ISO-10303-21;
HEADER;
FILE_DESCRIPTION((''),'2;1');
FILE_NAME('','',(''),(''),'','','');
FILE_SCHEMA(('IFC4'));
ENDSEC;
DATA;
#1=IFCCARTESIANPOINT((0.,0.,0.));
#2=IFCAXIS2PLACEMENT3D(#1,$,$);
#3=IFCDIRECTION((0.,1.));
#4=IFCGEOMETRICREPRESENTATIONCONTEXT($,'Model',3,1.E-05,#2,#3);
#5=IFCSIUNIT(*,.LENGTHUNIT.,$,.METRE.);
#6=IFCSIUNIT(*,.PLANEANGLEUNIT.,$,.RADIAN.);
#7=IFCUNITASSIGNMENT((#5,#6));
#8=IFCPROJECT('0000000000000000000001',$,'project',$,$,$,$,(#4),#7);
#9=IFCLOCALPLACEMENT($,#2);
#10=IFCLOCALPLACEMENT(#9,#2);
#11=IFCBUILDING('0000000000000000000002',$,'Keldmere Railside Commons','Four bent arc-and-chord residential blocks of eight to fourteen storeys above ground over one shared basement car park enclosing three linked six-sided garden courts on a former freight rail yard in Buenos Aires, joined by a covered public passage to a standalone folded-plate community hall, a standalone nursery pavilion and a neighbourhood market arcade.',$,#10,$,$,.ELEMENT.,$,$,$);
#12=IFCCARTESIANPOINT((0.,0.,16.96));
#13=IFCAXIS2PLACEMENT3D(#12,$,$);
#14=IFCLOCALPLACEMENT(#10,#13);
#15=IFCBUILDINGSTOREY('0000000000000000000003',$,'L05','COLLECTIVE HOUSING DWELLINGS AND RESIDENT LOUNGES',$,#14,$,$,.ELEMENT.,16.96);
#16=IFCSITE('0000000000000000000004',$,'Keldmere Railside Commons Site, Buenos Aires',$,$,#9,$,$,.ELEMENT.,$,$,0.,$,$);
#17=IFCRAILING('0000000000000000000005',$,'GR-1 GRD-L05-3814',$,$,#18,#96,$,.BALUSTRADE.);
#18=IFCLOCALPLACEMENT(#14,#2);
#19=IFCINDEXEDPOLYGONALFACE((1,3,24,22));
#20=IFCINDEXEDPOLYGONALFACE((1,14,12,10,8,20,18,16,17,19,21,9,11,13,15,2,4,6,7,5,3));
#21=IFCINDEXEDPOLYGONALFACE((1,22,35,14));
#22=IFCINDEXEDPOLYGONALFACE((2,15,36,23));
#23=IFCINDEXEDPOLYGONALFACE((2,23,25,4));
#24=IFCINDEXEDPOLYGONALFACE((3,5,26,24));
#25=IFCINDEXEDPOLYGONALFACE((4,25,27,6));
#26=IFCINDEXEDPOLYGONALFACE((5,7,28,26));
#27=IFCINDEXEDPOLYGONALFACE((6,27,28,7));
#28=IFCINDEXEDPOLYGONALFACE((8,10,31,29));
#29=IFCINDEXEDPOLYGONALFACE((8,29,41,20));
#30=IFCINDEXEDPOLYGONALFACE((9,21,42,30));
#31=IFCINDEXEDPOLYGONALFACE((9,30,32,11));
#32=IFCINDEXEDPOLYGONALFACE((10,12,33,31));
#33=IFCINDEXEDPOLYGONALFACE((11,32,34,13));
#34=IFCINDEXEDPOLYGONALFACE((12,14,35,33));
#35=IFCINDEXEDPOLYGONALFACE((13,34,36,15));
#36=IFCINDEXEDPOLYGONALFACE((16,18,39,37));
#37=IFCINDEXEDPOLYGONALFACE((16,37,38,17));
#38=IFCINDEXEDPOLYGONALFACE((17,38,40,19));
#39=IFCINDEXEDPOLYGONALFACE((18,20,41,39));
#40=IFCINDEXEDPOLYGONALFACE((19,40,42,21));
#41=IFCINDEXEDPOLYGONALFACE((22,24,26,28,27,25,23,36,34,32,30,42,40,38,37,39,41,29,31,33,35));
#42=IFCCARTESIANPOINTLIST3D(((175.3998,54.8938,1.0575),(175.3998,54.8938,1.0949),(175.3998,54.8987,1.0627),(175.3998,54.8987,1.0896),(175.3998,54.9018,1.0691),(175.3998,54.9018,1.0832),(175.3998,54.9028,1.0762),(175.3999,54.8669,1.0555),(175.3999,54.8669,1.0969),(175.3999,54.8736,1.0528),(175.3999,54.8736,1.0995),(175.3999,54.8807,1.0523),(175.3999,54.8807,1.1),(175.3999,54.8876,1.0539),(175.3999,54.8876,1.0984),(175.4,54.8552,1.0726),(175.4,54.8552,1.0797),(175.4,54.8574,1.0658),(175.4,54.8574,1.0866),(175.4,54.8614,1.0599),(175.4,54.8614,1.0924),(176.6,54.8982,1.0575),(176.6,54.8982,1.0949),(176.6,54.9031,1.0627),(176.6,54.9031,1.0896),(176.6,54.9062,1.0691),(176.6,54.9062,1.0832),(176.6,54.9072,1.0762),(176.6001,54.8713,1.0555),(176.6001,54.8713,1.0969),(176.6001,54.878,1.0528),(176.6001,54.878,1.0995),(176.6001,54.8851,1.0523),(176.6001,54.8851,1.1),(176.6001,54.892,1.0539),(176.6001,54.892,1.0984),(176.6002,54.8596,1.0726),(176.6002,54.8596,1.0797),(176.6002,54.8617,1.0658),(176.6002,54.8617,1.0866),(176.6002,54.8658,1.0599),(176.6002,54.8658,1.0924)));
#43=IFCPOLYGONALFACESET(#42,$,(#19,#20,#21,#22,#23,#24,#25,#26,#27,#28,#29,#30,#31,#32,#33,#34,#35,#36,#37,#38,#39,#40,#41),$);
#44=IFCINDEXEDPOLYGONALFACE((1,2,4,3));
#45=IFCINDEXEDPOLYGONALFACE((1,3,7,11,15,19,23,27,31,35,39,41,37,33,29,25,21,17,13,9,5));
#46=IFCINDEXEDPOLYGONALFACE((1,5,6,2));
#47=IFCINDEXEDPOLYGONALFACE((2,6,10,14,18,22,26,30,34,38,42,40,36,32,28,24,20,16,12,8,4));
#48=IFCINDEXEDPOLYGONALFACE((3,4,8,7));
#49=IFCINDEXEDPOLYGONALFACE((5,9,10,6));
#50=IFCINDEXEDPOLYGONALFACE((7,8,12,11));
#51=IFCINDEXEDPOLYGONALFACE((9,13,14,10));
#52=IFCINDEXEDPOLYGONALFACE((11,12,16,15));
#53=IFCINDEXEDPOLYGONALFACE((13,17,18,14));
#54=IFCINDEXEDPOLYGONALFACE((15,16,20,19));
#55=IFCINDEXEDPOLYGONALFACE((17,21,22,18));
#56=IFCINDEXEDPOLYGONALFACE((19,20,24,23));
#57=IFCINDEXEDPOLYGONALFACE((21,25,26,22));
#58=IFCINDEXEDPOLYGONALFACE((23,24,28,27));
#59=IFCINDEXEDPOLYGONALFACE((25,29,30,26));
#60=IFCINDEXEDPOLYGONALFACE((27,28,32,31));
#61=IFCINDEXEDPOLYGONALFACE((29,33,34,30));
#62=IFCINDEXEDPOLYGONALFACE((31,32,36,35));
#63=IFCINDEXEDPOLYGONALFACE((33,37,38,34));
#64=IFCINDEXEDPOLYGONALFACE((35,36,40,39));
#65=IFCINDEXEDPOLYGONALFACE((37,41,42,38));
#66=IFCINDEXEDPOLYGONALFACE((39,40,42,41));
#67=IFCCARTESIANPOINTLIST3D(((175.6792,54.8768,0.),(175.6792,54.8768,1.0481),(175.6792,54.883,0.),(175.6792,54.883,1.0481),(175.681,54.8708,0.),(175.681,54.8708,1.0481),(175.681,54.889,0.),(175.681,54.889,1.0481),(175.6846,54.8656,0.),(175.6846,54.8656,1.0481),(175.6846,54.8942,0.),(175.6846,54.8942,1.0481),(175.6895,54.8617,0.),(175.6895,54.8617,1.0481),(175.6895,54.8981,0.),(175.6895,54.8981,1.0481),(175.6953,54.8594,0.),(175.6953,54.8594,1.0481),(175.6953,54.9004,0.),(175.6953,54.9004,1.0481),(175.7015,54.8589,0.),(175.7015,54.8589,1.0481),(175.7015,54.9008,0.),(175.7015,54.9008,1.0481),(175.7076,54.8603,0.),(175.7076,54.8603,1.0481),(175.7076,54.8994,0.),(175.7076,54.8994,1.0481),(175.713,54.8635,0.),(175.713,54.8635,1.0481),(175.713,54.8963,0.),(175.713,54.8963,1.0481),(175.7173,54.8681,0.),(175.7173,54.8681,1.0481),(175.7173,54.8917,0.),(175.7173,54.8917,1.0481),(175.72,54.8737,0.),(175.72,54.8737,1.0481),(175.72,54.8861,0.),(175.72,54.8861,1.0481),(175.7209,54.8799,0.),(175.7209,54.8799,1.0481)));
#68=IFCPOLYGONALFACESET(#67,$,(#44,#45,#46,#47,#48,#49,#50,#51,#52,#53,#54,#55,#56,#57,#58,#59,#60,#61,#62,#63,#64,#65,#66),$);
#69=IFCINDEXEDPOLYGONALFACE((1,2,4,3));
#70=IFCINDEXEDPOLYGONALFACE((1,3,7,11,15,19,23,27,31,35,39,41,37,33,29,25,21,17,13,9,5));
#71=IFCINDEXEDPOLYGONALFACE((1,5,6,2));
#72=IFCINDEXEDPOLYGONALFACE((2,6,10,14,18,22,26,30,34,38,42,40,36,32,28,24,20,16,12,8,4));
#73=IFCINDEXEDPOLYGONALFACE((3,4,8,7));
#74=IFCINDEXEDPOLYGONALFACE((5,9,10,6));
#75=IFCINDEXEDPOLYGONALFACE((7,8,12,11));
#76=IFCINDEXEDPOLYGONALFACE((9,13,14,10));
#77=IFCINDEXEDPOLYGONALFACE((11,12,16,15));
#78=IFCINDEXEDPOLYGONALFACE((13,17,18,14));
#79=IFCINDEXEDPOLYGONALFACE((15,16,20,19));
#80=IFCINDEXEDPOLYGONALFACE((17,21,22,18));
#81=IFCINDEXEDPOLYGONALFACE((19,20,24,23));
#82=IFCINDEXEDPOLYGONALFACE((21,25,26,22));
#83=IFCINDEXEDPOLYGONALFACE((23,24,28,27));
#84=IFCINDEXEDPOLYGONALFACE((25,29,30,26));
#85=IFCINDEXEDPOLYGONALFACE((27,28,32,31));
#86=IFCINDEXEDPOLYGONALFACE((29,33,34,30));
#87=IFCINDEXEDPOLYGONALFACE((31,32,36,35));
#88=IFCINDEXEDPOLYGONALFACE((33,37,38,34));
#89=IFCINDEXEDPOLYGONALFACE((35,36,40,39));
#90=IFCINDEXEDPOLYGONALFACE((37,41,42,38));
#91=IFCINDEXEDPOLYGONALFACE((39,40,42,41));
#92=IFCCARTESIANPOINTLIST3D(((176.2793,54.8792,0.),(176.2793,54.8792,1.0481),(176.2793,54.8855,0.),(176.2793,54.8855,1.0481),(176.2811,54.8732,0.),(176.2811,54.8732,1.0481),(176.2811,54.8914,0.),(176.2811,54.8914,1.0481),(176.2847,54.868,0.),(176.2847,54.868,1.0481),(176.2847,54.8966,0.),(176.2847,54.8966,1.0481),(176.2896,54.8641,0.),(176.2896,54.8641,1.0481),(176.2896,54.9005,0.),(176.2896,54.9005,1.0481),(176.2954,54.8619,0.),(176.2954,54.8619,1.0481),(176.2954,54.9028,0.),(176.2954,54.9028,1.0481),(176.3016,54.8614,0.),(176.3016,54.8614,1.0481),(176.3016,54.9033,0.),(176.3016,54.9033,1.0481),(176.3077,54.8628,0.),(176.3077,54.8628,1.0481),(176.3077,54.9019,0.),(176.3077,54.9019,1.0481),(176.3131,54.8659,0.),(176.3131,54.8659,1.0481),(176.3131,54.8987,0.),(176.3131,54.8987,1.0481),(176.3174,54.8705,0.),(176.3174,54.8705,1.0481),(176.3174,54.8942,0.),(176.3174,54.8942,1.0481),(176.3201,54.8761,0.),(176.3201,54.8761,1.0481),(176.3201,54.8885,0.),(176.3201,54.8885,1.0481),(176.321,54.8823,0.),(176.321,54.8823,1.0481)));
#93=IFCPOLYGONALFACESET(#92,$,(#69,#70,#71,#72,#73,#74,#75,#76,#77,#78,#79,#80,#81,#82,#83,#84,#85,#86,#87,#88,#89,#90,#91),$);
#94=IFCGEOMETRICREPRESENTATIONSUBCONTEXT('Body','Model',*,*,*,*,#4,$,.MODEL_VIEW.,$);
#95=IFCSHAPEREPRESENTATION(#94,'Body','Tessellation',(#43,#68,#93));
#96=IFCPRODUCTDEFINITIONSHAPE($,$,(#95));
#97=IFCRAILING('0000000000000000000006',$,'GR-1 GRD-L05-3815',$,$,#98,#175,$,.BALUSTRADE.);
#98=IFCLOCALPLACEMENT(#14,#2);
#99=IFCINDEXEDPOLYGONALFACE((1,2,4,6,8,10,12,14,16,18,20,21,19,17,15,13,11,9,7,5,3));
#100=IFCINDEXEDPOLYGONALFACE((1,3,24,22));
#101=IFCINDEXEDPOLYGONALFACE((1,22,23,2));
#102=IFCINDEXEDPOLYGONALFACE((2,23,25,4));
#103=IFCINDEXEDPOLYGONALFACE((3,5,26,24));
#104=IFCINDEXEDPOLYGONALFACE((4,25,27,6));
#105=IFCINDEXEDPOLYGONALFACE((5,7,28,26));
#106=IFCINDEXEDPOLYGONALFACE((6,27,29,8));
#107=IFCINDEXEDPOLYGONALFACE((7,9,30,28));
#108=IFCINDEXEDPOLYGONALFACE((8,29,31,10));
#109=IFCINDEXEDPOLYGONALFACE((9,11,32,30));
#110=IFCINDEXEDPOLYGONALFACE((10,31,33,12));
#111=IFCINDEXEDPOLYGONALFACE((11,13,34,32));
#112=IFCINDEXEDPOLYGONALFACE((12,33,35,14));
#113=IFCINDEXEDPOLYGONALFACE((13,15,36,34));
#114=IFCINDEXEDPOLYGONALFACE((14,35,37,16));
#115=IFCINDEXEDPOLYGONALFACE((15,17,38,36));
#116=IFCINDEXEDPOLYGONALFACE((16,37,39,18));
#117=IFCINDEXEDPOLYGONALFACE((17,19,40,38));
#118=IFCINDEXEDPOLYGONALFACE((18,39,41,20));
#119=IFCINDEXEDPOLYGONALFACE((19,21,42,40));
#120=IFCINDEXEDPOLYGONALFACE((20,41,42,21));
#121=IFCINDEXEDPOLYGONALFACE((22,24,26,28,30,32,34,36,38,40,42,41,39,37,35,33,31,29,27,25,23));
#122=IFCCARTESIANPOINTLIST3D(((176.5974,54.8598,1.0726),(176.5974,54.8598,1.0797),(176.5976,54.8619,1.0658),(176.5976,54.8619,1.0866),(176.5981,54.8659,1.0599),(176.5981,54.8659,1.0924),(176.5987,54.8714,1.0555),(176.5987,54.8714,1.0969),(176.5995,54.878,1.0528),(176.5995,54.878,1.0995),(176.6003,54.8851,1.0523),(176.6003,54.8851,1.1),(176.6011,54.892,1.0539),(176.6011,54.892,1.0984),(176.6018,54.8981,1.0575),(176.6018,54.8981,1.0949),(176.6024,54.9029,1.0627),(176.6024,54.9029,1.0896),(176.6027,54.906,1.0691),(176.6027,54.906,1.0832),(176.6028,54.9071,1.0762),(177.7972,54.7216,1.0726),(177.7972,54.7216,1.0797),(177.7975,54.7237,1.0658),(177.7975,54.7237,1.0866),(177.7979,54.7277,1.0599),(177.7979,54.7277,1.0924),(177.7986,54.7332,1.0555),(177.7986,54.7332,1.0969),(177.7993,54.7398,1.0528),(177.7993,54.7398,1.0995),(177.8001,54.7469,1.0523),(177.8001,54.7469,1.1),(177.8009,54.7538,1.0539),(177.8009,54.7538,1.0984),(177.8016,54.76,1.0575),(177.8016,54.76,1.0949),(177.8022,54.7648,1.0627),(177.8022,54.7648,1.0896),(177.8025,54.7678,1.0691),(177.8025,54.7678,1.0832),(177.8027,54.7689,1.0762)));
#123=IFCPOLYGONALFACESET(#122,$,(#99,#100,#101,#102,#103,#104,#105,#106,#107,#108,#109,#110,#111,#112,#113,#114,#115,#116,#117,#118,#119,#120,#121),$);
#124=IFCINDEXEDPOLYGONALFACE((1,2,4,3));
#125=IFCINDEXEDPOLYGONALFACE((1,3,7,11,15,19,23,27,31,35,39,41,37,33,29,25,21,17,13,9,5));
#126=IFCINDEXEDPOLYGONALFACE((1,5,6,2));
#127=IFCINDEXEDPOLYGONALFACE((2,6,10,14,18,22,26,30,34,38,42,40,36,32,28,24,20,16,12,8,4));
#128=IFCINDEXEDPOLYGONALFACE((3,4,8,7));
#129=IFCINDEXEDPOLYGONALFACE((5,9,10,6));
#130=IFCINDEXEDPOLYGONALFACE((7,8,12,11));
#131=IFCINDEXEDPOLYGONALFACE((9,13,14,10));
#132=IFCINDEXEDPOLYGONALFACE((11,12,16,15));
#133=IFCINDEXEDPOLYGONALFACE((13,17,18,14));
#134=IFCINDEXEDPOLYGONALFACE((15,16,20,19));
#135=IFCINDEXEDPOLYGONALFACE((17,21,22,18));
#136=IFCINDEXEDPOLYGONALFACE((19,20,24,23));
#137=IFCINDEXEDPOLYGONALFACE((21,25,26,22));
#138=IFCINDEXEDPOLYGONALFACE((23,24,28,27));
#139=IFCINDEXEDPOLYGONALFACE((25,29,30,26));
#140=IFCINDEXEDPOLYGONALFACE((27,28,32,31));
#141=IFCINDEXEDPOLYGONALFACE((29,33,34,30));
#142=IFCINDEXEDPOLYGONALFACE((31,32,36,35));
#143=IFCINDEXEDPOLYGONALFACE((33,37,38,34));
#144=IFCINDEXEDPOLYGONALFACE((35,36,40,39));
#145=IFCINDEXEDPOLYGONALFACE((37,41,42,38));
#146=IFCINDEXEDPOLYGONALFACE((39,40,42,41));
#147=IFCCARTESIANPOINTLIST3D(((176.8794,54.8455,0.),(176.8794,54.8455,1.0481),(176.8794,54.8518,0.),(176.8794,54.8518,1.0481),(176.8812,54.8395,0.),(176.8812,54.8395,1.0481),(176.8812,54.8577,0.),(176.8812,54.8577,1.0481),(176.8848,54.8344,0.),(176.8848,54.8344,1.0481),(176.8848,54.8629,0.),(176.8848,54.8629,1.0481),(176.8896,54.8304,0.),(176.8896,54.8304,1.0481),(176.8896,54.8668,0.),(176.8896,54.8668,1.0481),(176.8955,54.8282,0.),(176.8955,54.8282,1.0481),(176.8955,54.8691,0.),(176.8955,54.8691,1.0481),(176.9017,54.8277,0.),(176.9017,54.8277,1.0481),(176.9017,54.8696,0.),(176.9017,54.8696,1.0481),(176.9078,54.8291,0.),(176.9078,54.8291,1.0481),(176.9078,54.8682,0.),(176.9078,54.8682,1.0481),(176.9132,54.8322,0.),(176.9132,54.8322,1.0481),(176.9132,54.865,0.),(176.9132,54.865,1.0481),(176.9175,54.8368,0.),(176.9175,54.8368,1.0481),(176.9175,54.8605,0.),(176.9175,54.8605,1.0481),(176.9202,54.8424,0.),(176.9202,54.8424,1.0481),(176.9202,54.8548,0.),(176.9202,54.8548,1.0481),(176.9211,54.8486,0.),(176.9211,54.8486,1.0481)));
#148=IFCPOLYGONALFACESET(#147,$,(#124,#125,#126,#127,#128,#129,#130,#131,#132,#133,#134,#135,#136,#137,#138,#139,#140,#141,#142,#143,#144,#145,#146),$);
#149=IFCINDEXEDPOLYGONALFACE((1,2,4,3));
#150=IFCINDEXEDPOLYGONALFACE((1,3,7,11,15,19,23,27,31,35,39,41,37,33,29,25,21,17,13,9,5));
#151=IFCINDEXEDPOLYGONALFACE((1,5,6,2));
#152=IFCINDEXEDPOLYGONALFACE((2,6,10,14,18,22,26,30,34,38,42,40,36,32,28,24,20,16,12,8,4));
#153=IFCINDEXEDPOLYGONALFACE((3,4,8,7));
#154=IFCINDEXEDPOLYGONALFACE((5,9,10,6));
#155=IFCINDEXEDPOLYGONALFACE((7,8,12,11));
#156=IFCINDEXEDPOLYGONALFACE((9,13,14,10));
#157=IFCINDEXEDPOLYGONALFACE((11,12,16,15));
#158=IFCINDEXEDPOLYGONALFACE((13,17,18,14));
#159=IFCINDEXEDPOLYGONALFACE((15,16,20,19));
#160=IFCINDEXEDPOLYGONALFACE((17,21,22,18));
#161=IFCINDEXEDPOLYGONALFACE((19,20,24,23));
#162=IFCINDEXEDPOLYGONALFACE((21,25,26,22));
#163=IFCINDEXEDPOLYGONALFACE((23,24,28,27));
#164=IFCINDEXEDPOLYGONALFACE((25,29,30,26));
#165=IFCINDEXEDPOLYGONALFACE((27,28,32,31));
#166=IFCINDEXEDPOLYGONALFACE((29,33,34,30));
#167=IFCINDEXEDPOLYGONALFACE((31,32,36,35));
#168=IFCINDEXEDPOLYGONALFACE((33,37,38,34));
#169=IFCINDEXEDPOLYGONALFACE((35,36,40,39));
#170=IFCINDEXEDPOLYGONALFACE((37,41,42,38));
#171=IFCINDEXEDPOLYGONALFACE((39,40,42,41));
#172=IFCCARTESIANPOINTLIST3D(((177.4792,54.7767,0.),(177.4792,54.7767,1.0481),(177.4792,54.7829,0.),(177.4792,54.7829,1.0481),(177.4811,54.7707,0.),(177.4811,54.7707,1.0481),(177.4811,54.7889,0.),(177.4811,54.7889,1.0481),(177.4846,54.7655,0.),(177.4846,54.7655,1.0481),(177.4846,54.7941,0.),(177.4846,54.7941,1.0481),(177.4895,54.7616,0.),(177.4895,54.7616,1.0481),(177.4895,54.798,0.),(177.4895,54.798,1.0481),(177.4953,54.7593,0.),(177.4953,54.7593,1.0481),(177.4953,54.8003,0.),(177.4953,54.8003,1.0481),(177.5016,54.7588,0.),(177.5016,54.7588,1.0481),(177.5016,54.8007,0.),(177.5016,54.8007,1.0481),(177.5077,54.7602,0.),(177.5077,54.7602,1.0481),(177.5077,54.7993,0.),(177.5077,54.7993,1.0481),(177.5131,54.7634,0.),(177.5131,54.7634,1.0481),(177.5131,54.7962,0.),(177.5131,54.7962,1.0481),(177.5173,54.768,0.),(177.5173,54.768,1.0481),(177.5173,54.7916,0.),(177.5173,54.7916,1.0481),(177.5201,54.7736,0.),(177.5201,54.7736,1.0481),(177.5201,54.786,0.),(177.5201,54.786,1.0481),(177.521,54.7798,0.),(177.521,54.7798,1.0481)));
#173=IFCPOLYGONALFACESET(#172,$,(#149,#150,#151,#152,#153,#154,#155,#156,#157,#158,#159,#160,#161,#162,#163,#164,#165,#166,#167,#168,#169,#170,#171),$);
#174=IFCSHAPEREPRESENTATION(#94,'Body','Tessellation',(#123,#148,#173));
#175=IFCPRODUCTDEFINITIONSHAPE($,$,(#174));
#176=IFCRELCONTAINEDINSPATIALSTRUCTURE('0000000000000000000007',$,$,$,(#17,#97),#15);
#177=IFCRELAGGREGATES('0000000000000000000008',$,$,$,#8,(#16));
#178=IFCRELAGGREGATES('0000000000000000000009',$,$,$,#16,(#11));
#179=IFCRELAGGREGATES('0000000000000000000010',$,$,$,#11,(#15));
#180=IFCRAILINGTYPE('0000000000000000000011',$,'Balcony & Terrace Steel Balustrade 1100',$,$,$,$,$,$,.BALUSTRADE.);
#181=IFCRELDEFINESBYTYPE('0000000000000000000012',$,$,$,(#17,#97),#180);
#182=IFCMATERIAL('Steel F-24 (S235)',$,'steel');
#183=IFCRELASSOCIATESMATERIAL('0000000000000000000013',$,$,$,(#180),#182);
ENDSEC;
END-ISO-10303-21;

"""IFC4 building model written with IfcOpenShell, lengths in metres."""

from ifc_helpers import new_model, si_unit, direction, frame, origin, origin_2d, place, context, subcontext, project, spatial, circle, extrude, material, type_object, element, save


model = new_model("IFC4")

# Units and contexts
model_context = context("Model", 3, precision=1e-05, world=origin(), true_north=direction((0.0, 1.0)))
body_context = subcontext(model_context, "Body", "Model", "MODEL_VIEW")
ifc_project = project(units=[si_unit("LENGTHUNIT", "METRE"), si_unit("PLANEANGLEUNIT", "RADIAN")], contexts=[model_context])

# Site, building, storey
site_placement = place(None, origin())
site = spatial("IfcSite", under=ifc_project, at=site_placement, Name="Keldmere Railside Commons Site, Buenos Aires", CompositionType="ELEMENT", RefElevation=0.0)
building_placement = place(site_placement, origin())
building = spatial("IfcBuilding", under=site, at=building_placement, Name="Keldmere Railside Commons", Description="Four bent arc-and-chord residential blocks of eight to fourteen storeys above ground over one shared basement car park enclosing three linked six-sided garden courts on a former freight rail yard in Buenos Aires, joined by a covered public passage to a standalone folded-plate community hall, a standalone nursery pavilion and a neighbourhood market arcade.", CompositionType="ELEMENT")
storey_placement = place(building_placement, frame((0.0, 0.0, 16.96)))
storey = spatial("IfcBuildingStorey", under=building, at=storey_placement, Name="L05", Description="COLLECTIVE HOUSING DWELLINGS AND RESIDENT LOUNGES", CompositionType="ELEMENT", Elevation=16.96)

# Shared definitions
ifc_material_1 = material(Name="Steel F-24 (S235)", Category="steel")

# Railings
railing_type = type_object("IfcRailingType", Name="Balcony & Terrace Steel Balustrade 1100", PredefinedType="BALUSTRADE", material=ifc_material_1)
railing_1_placement = place(storey_placement, frame((175.3999, 54.8789, 0.0)))
element("IfcRailing", 1, at=railing_1_placement, inside=storey, type_object=railing_type, Name="GR-1 GRD-L05-3814", PredefinedType="BALUSTRADE", context=body_context, shape_type="SweptSolid", body=[
    extrude(circle(Radius=0.0239, at=origin_2d()), frame((0.0, 0.0, 1.0762), z_axis=(0.999993, 0.003661, 0.0), x_axis=(-0.003661, 0.999993, 0.0)), (0.0, 0.0, 1.0), 1.2002),
    extrude(circle(Radius=0.021, at=origin_2d()), frame((0.3, 0.001, 0.0)), (0.0, 0.0, 1.0), 1.0481),
    extrude(circle(Radius=0.021, at=origin_2d()), frame((0.9001, 0.0034, 0.0)), (0.0, 0.0, 1.0), 1.0481),
])
railing_2_placement = place(storey_placement, frame((176.6001, 54.8833, 0.0)))
element("IfcRailing", 2, at=railing_2_placement, inside=storey, type_object=railing_type, Name="GR-1 GRD-L05-3815", PredefinedType="BALUSTRADE", context=body_context, shape_type="SweptSolid", body=[
    extrude(circle(Radius=0.0239, at=origin_2d()), frame((0.0, 0.0, 1.0762), z_axis=(0.993435, -0.114402, 0.0), x_axis=(0.114402, 0.993435, 0.0)), (0.0, 0.0, 1.0), 1.2078),
    extrude(circle(Radius=0.021, at=origin_2d()), frame((0.3, -0.0347, 0.0)), (0.0, 0.0, 1.0), 1.0481),
    extrude(circle(Radius=0.021, at=origin_2d()), frame((0.8999, -0.1035, 0.0)), (0.0, 0.0, 1.0), 1.0481),
])

save(model, "model.ifc")
